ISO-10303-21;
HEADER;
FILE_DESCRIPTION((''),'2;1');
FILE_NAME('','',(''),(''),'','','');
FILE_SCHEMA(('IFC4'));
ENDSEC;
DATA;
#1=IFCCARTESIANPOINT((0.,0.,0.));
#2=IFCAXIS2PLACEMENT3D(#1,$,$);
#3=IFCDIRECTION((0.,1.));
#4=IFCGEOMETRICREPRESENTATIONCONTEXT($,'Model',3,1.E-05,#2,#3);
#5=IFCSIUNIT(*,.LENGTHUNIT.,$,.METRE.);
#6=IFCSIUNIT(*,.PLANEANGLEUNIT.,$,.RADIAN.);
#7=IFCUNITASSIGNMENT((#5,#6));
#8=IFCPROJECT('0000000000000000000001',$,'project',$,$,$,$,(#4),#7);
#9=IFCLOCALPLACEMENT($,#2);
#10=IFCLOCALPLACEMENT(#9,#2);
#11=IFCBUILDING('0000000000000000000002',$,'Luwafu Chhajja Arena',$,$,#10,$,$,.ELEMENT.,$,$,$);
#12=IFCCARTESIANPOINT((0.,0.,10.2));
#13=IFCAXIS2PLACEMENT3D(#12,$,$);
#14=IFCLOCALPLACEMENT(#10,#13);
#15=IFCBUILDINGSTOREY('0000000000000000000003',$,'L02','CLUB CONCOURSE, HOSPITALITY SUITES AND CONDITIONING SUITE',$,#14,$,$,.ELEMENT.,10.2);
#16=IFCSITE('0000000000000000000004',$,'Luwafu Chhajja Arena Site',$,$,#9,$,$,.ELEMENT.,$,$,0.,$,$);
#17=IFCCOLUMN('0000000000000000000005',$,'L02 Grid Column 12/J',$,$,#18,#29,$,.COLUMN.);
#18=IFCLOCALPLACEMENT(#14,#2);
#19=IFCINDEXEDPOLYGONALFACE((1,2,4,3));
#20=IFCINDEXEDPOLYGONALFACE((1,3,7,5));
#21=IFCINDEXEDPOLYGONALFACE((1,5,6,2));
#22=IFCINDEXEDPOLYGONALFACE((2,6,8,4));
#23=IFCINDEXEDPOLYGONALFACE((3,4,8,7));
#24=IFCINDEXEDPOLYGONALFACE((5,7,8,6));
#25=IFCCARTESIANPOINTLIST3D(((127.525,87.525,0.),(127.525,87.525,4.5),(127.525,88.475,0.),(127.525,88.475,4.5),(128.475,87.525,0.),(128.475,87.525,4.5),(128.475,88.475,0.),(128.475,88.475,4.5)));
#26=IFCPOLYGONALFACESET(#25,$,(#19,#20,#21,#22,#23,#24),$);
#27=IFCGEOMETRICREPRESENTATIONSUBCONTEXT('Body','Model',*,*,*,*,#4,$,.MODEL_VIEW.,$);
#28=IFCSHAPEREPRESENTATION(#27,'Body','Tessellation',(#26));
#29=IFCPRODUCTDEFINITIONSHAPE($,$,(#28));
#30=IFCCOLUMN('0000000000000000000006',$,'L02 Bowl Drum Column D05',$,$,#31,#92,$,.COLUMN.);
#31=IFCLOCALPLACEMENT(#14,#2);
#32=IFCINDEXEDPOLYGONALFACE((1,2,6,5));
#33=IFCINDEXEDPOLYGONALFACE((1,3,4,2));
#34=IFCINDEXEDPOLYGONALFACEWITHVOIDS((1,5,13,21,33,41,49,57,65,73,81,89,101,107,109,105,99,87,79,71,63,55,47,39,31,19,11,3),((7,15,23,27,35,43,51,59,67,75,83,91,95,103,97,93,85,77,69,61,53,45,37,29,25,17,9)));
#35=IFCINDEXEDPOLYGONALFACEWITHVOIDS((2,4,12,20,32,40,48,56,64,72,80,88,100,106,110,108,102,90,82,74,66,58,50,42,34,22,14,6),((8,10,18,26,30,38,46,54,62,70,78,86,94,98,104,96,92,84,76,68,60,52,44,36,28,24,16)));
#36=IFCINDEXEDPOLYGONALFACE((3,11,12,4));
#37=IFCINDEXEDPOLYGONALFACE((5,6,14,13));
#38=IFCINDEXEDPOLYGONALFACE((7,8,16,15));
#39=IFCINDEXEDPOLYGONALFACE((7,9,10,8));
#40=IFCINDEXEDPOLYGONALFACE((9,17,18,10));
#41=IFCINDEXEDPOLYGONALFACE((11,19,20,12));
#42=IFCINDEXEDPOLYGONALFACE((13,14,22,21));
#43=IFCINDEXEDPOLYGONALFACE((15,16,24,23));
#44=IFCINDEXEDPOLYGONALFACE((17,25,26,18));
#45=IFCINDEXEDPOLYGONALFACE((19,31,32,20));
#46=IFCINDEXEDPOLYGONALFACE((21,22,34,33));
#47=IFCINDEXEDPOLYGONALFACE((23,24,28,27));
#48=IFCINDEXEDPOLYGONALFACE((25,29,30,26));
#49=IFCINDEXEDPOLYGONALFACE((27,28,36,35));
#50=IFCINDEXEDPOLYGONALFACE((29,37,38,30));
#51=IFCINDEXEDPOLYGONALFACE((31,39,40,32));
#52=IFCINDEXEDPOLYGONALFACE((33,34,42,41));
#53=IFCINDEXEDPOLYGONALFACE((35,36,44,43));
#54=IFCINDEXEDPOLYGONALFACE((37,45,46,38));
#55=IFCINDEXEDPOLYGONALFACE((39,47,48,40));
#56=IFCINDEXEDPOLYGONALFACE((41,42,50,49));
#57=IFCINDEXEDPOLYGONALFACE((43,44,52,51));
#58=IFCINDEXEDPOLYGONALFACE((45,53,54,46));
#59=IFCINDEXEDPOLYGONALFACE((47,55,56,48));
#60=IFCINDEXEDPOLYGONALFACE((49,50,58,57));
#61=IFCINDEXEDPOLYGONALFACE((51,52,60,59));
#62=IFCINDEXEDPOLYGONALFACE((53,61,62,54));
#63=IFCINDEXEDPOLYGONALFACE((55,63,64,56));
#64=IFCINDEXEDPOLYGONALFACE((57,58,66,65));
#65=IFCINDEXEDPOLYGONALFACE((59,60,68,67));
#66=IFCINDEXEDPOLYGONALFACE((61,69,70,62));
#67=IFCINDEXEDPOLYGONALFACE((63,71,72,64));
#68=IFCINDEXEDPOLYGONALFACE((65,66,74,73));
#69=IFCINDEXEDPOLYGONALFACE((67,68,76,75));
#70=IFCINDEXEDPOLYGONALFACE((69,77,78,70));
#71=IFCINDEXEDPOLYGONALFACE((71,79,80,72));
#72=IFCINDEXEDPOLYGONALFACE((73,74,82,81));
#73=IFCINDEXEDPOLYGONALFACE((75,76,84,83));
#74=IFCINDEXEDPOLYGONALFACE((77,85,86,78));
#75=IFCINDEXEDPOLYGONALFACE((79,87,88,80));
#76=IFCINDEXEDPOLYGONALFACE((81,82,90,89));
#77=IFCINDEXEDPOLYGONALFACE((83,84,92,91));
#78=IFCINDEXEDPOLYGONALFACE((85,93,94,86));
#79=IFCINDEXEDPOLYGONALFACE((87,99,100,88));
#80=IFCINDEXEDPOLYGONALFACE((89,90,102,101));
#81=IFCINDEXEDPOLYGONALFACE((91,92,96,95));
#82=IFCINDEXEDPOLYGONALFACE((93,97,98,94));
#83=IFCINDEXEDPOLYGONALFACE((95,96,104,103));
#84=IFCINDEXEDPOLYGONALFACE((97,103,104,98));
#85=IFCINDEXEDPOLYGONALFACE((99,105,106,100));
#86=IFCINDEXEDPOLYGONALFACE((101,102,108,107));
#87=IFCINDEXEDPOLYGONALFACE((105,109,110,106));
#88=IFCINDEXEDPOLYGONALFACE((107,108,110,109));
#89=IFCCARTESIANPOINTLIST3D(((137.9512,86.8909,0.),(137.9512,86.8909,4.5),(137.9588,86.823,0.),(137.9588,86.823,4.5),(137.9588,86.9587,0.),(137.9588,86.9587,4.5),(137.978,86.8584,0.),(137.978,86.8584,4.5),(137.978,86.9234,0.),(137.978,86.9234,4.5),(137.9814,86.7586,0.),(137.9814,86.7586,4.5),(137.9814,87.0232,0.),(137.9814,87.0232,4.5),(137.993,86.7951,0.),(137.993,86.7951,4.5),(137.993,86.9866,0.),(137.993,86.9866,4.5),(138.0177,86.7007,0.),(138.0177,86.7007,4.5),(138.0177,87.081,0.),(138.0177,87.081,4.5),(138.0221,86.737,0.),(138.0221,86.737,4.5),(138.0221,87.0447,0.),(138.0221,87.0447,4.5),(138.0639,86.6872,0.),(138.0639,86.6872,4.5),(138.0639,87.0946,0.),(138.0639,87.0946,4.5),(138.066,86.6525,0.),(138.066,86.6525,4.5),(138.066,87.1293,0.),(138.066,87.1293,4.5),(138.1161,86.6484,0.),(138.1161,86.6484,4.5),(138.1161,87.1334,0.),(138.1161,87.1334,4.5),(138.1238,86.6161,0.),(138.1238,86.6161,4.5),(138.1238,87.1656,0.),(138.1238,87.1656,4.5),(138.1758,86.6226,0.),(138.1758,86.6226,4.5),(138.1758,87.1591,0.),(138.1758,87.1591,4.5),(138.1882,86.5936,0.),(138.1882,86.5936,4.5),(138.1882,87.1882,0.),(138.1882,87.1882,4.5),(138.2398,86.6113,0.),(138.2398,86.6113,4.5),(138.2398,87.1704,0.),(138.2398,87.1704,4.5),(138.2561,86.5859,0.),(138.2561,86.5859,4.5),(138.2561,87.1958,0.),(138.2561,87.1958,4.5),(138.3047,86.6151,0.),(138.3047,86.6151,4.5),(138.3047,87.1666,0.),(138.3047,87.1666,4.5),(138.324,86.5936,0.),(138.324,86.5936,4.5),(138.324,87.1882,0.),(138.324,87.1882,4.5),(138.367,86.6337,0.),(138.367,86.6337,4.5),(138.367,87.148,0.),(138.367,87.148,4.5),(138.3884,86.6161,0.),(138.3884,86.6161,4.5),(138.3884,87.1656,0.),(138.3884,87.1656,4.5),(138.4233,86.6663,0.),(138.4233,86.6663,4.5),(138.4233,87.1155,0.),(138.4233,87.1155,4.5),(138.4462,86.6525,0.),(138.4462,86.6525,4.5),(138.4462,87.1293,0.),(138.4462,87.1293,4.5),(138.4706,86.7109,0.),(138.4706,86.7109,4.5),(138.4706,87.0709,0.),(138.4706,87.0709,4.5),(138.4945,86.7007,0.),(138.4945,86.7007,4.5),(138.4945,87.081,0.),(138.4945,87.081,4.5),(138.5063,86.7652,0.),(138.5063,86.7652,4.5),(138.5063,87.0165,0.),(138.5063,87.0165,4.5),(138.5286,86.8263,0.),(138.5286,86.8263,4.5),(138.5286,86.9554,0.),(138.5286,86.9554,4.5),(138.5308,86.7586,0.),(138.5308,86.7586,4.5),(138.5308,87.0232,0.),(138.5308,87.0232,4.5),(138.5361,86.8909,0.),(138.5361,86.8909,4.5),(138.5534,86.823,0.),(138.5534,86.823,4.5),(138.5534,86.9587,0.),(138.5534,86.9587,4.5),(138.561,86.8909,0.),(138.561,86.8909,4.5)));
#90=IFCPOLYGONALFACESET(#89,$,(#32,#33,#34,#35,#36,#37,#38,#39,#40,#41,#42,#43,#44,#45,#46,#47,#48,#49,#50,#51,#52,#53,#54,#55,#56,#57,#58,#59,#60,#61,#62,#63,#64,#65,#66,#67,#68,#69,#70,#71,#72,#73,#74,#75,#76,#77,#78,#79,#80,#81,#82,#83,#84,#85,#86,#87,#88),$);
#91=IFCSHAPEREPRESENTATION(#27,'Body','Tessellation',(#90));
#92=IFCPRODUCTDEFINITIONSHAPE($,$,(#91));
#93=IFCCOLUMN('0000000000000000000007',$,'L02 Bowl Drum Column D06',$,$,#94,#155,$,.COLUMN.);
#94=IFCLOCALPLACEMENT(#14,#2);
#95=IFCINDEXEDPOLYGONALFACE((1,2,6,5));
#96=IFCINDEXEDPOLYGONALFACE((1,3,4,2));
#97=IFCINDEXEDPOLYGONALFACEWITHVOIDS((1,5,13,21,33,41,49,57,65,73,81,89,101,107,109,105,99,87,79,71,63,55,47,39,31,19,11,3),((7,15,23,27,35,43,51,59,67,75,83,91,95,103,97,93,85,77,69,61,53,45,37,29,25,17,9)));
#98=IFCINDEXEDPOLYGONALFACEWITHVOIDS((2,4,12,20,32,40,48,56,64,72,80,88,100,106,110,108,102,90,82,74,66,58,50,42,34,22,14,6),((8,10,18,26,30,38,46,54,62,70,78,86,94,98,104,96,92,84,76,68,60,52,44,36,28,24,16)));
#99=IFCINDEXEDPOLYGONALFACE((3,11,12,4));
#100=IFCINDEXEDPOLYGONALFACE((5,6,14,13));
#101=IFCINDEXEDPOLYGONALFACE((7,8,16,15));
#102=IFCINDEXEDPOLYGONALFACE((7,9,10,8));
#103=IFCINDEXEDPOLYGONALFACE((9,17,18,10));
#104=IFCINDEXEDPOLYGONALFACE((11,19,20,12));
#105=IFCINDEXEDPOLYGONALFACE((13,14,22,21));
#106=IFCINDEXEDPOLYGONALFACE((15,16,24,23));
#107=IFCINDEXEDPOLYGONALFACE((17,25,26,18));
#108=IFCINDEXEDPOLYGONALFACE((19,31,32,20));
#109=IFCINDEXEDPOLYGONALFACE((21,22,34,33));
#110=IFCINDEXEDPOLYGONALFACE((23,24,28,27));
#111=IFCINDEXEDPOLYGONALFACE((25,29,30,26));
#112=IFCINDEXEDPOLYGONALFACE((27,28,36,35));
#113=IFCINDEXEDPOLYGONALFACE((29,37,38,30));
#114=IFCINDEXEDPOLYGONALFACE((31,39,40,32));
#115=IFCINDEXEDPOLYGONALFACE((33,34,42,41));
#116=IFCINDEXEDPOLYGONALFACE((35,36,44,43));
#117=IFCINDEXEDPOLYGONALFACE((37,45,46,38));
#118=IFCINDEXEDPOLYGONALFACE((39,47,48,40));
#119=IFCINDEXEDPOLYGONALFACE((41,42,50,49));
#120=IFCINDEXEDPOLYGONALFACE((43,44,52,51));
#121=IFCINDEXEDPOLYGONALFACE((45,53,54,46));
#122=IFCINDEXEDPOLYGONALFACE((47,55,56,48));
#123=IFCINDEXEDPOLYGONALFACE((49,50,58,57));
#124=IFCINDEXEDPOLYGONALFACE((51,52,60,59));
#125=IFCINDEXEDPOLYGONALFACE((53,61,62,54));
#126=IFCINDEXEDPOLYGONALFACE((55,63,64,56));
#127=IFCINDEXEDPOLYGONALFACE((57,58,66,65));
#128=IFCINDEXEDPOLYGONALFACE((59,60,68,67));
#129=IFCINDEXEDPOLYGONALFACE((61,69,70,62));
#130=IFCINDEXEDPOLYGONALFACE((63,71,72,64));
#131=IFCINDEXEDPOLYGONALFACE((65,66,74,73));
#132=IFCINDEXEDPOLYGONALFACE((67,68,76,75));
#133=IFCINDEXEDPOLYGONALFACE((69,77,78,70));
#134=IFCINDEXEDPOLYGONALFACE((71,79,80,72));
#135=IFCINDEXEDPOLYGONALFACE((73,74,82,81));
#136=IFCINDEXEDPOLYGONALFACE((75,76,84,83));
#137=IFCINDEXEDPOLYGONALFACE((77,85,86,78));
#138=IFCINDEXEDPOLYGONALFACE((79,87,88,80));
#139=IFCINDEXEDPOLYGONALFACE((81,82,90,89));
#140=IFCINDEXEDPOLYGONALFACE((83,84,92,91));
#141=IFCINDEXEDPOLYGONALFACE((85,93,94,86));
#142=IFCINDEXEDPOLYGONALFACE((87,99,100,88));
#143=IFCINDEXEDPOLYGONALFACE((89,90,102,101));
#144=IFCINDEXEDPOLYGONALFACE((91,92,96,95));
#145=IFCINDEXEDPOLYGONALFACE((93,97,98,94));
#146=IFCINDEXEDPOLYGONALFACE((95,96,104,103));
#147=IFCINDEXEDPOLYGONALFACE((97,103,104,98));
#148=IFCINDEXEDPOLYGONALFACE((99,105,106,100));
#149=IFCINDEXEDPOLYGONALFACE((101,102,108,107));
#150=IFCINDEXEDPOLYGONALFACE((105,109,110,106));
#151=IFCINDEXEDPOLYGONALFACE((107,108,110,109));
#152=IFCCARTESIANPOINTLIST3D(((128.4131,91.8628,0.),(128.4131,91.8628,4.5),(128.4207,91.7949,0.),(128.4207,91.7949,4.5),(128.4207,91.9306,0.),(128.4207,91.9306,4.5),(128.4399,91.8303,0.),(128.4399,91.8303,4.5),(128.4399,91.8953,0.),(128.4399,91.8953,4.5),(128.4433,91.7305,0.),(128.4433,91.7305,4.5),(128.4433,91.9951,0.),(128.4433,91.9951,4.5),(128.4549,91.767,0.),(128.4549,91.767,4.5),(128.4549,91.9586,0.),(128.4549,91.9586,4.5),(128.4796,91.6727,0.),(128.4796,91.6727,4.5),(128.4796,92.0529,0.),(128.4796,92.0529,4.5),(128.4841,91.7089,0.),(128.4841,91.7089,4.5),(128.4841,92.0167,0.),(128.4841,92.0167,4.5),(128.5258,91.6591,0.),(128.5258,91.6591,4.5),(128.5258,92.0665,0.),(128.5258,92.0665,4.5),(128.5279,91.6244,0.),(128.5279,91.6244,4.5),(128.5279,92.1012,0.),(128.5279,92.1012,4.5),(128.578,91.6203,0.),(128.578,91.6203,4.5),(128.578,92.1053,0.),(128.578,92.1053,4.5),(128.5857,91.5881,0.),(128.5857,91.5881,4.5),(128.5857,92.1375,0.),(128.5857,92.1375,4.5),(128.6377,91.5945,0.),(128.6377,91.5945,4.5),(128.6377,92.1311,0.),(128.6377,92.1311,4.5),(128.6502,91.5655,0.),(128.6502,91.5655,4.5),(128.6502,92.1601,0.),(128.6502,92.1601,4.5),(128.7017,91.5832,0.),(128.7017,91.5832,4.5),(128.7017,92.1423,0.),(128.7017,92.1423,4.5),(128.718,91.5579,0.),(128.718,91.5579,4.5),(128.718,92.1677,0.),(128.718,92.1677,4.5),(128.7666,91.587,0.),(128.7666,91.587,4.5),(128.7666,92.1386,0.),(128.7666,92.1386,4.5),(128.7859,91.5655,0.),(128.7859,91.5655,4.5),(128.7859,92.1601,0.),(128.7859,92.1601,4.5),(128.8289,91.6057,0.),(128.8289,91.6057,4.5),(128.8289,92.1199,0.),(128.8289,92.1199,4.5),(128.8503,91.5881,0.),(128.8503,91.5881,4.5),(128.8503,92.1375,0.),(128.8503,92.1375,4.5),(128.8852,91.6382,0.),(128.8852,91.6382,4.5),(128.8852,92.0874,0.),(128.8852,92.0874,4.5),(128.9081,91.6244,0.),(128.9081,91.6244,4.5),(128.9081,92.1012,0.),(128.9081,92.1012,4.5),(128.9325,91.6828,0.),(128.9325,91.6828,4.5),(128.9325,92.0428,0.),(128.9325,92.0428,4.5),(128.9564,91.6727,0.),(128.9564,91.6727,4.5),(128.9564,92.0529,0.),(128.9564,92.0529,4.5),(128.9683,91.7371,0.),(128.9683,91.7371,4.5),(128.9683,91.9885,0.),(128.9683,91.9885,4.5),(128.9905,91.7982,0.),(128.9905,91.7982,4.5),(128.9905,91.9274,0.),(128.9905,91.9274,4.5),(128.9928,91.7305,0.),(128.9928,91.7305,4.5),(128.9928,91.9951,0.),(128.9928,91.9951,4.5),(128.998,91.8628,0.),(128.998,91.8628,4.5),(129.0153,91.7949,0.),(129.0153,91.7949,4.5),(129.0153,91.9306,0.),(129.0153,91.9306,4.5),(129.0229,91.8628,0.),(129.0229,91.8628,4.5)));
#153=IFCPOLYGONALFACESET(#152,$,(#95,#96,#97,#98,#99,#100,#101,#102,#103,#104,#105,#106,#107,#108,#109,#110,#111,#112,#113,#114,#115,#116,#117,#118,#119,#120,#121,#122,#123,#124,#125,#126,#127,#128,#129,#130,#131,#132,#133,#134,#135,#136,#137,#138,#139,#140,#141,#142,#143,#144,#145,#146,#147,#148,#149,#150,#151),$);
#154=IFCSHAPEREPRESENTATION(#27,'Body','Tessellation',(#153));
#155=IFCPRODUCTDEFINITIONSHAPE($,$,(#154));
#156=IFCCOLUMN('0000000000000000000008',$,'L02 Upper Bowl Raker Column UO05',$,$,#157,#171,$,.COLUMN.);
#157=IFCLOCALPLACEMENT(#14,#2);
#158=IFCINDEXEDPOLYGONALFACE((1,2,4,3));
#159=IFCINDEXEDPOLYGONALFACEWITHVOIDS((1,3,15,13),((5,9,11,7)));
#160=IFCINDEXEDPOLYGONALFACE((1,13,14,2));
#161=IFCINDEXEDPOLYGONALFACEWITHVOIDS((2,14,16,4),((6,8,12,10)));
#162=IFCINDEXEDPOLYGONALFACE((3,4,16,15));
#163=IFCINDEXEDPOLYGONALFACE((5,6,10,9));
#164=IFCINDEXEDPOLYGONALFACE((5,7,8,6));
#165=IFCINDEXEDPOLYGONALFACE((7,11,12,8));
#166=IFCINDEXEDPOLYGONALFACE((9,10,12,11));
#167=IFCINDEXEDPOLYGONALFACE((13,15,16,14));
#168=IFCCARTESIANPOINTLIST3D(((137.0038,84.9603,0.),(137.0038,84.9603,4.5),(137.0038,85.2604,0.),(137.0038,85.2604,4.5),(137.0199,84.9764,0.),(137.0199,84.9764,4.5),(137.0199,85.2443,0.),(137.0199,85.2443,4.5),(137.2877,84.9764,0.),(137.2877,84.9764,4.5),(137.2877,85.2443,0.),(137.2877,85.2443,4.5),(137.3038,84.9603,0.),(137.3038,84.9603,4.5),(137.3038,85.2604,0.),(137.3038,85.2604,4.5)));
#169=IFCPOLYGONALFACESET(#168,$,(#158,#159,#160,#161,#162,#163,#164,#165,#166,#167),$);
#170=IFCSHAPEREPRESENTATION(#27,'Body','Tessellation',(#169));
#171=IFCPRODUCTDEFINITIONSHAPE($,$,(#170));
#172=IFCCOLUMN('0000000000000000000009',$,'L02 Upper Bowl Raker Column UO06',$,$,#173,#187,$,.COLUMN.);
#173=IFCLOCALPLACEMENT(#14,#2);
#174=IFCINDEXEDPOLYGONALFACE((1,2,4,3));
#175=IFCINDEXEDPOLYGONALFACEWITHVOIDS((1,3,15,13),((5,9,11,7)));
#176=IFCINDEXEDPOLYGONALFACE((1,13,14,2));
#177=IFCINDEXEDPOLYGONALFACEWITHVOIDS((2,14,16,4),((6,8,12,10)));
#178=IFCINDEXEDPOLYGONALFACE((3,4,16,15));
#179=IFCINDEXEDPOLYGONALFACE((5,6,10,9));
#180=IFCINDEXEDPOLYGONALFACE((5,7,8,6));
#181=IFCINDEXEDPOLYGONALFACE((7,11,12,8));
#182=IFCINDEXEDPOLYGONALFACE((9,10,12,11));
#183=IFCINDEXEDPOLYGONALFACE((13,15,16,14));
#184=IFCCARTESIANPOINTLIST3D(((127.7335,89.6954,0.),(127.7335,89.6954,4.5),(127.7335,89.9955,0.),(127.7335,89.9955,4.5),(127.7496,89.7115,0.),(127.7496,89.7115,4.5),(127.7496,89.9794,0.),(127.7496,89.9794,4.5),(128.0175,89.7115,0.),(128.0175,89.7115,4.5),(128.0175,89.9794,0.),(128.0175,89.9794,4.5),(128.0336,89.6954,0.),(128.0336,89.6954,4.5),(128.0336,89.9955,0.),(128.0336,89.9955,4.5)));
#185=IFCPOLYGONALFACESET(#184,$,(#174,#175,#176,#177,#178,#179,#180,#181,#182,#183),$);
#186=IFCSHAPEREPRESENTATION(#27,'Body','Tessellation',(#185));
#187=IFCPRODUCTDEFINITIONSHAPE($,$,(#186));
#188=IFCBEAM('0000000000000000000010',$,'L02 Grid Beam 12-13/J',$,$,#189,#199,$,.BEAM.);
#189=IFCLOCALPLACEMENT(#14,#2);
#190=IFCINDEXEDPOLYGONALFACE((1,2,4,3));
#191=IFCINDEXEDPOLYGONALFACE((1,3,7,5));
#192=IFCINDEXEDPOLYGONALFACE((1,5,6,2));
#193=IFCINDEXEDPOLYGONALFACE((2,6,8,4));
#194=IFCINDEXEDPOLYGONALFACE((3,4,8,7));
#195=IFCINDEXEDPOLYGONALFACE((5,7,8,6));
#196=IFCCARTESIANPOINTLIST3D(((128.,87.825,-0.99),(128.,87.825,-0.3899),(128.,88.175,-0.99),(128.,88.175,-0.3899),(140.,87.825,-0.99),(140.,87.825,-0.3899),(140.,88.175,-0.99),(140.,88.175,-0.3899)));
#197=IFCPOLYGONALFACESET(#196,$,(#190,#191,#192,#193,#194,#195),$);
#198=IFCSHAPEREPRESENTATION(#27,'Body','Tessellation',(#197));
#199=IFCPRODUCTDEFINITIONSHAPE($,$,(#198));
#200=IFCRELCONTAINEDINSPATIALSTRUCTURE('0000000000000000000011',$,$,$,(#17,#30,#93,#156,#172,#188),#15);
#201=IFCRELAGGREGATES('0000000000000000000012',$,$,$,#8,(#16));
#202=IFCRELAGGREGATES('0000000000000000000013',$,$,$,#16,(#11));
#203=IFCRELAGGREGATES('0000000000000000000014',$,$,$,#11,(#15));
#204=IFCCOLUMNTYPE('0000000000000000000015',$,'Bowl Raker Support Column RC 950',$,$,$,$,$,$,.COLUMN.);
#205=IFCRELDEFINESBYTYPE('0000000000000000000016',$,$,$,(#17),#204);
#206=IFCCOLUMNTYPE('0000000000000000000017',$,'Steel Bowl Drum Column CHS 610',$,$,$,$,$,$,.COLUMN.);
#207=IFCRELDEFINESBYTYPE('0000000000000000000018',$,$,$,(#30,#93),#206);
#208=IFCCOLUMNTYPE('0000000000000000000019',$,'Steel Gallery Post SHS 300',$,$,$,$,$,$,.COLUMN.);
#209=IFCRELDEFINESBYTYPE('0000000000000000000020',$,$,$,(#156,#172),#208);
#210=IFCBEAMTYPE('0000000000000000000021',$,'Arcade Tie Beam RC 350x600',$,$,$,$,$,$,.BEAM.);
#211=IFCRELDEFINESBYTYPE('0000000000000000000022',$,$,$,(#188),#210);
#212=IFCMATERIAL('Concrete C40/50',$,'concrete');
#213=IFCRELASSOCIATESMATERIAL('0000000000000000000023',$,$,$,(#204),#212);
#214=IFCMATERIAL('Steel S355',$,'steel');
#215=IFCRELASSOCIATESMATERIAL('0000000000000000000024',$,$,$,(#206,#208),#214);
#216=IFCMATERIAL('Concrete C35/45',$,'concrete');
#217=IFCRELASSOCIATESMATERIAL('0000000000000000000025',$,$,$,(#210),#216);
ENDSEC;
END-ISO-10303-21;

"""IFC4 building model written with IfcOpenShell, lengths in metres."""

from ifc_helpers import new_model, si_unit, direction, frame, origin, origin_2d, place, context, subcontext, project, spatial, rectangle, hollow_rectangle, hollow_circle, extrude, material, material_profile, profile_set, type_object, element, save


model = new_model("IFC4")

# Units and contexts
model_context = context("Model", 3, precision=1e-05, world=origin(), true_north=direction((0.0, 1.0)))
body_context = subcontext(model_context, "Body", "Model", "MODEL_VIEW")
ifc_project = project(units=[si_unit("LENGTHUNIT", "METRE"), si_unit("PLANEANGLEUNIT", "RADIAN")], contexts=[model_context])

# Site, building, storey
site_placement = place(None, origin())
site = spatial("IfcSite", under=ifc_project, at=site_placement, Name="Luwafu Chhajja Arena Site", CompositionType="ELEMENT", RefElevation=0.0)
building_placement = place(site_placement, origin())
building = spatial("IfcBuilding", under=site, at=building_placement, Name="Luwafu Chhajja Arena", CompositionType="ELEMENT")
storey_placement = place(building_placement, frame((0.0, 0.0, 10.2)))
storey = spatial("IfcBuildingStorey", under=building, at=storey_placement, Name="L02", Description="CLUB CONCOURSE, HOSPITALITY SUITES AND CONDITIONING SUITE", CompositionType="ELEMENT", Elevation=10.2)

# Columns
ifc_material_1 = material(Name="Concrete C40/50", Category="concrete")
ifc_material_profile_1 = material_profile(ifc_material_1, rectangle(XDim=0.95, YDim=0.95, at=origin_2d()), Name="RC 950x950")
ifc_profile_set_1 = profile_set([ifc_material_profile_1], Name="Concrete C40/50")
column_type_1 = type_object("IfcColumnType", Name="Bowl Raker Support Column RC 950", PredefinedType="COLUMN", material=ifc_profile_set_1)
column_placement = place(storey_placement, frame((128.0, 88.0, 0.0), z_axis=(0.0, 0.0, 1.0), x_axis=(1.0, 0.0, 0.0)))
element("IfcColumn", 1, at=column_placement, inside=storey, type_object=column_type_1, Name="L02 Grid Column 12/J", PredefinedType="COLUMN", context=body_context, shape_type="SweptSolid", body=[
    extrude(rectangle(XDim=0.95, YDim=0.95, at=origin_2d()), origin(), (0.0, 0.0, 1.0), 4.5),
])
ifc_material_2 = material(Name="Steel S355", Category="steel")
ifc_material_profile_2 = material_profile(ifc_material_2, hollow_circle(Radius=0.3049, WallThickness=0.0249, at=origin_2d()), Name="CHS 610x25")
ifc_profile_set_2 = profile_set([ifc_material_profile_2], Name="Steel S355")
column_type_2 = type_object("IfcColumnType", Name="Steel Bowl Drum Column CHS 610", PredefinedType="COLUMN", material=ifc_profile_set_2)
for number, where, z_axis, x_axis, name in (
    (2, (138.2561, 86.8909, 0.0), (0.0, 0.0, 1.0), (1.0, 0.0, 0.0), "L02 Bowl Drum Column D05"),
    (3, (128.718, 91.8628, 0.0), (0.0, 0.0, 1.0), (1.0, 0.0, 0.0), "L02 Bowl Drum Column D06"),
):
    element("IfcColumn", number, at=place(storey_placement, frame(where, z_axis=z_axis, x_axis=x_axis)), inside=storey, type_object=column_type_2, Name=name, PredefinedType="COLUMN", context=body_context, shape_type="SweptSolid", body=[
        extrude(hollow_circle(Radius=0.3049, WallThickness=0.0249, at=origin_2d()), origin(), (0.0, 0.0, 1.0), 4.5),
    ])
ifc_material_profile_3 = material_profile(ifc_material_2, hollow_rectangle(XDim=0.3, YDim=0.3, WallThickness=0.0161, at=origin_2d()), Name="SHS 300x300x16")
ifc_profile_set_3 = profile_set([ifc_material_profile_3], Name="Steel S355")
column_type_3 = type_object("IfcColumnType", Name="Steel Gallery Post SHS 300", PredefinedType="COLUMN", material=ifc_profile_set_3)
for number, where, z_axis, x_axis, name in (
    (4, (137.1538, 85.1104, 0.0), (0.0, 0.0, 1.0), (1.0, 0.0, 0.0), "L02 Upper Bowl Raker Column UO05"),
    (5, (127.8835, 89.8455, 0.0), (0.0, 0.0, 1.0), (1.0, 0.0, 0.0), "L02 Upper Bowl Raker Column UO06"),
):
    element("IfcColumn", number, at=place(storey_placement, frame(where, z_axis=z_axis, x_axis=x_axis)), inside=storey, type_object=column_type_3, Name=name, PredefinedType="COLUMN", context=body_context, shape_type="SweptSolid", body=[
        extrude(hollow_rectangle(XDim=0.3, YDim=0.3, WallThickness=0.0161, at=origin_2d()), origin(), (0.0, 0.0, 1.0), 4.5),
    ])

# Beam
ifc_material_3 = material(Name="Concrete C35/45", Category="concrete")
ifc_material_profile_4 = material_profile(ifc_material_3, rectangle(XDim=0.3501, YDim=0.6001, at=origin_2d()), Name="RC 350x600")
ifc_profile_set_4 = profile_set([ifc_material_profile_4], Name="Concrete C35/45")
beam_type_1 = type_object("IfcBeamType", Name="Arcade Tie Beam RC 350x600", PredefinedType="BEAM", material=ifc_profile_set_4)
beam_1_placement = place(storey_placement, frame((128.0, 88.0, -0.6899), z_axis=(1.0, 0.0, 0.0), x_axis=(0.0, 1.0, 0.0)))
element("IfcBeam", 6, at=beam_1_placement, inside=storey, type_object=beam_type_1, Name="L02 Grid Beam 12-13/J", PredefinedType="BEAM", context=body_context, shape_type="SweptSolid", body=[
    extrude(rectangle(XDim=0.3501, YDim=0.6001, at=origin_2d()), origin(), (0.0, 0.0, 1.0), 12.0),
])

save(model, "model.ifc")
